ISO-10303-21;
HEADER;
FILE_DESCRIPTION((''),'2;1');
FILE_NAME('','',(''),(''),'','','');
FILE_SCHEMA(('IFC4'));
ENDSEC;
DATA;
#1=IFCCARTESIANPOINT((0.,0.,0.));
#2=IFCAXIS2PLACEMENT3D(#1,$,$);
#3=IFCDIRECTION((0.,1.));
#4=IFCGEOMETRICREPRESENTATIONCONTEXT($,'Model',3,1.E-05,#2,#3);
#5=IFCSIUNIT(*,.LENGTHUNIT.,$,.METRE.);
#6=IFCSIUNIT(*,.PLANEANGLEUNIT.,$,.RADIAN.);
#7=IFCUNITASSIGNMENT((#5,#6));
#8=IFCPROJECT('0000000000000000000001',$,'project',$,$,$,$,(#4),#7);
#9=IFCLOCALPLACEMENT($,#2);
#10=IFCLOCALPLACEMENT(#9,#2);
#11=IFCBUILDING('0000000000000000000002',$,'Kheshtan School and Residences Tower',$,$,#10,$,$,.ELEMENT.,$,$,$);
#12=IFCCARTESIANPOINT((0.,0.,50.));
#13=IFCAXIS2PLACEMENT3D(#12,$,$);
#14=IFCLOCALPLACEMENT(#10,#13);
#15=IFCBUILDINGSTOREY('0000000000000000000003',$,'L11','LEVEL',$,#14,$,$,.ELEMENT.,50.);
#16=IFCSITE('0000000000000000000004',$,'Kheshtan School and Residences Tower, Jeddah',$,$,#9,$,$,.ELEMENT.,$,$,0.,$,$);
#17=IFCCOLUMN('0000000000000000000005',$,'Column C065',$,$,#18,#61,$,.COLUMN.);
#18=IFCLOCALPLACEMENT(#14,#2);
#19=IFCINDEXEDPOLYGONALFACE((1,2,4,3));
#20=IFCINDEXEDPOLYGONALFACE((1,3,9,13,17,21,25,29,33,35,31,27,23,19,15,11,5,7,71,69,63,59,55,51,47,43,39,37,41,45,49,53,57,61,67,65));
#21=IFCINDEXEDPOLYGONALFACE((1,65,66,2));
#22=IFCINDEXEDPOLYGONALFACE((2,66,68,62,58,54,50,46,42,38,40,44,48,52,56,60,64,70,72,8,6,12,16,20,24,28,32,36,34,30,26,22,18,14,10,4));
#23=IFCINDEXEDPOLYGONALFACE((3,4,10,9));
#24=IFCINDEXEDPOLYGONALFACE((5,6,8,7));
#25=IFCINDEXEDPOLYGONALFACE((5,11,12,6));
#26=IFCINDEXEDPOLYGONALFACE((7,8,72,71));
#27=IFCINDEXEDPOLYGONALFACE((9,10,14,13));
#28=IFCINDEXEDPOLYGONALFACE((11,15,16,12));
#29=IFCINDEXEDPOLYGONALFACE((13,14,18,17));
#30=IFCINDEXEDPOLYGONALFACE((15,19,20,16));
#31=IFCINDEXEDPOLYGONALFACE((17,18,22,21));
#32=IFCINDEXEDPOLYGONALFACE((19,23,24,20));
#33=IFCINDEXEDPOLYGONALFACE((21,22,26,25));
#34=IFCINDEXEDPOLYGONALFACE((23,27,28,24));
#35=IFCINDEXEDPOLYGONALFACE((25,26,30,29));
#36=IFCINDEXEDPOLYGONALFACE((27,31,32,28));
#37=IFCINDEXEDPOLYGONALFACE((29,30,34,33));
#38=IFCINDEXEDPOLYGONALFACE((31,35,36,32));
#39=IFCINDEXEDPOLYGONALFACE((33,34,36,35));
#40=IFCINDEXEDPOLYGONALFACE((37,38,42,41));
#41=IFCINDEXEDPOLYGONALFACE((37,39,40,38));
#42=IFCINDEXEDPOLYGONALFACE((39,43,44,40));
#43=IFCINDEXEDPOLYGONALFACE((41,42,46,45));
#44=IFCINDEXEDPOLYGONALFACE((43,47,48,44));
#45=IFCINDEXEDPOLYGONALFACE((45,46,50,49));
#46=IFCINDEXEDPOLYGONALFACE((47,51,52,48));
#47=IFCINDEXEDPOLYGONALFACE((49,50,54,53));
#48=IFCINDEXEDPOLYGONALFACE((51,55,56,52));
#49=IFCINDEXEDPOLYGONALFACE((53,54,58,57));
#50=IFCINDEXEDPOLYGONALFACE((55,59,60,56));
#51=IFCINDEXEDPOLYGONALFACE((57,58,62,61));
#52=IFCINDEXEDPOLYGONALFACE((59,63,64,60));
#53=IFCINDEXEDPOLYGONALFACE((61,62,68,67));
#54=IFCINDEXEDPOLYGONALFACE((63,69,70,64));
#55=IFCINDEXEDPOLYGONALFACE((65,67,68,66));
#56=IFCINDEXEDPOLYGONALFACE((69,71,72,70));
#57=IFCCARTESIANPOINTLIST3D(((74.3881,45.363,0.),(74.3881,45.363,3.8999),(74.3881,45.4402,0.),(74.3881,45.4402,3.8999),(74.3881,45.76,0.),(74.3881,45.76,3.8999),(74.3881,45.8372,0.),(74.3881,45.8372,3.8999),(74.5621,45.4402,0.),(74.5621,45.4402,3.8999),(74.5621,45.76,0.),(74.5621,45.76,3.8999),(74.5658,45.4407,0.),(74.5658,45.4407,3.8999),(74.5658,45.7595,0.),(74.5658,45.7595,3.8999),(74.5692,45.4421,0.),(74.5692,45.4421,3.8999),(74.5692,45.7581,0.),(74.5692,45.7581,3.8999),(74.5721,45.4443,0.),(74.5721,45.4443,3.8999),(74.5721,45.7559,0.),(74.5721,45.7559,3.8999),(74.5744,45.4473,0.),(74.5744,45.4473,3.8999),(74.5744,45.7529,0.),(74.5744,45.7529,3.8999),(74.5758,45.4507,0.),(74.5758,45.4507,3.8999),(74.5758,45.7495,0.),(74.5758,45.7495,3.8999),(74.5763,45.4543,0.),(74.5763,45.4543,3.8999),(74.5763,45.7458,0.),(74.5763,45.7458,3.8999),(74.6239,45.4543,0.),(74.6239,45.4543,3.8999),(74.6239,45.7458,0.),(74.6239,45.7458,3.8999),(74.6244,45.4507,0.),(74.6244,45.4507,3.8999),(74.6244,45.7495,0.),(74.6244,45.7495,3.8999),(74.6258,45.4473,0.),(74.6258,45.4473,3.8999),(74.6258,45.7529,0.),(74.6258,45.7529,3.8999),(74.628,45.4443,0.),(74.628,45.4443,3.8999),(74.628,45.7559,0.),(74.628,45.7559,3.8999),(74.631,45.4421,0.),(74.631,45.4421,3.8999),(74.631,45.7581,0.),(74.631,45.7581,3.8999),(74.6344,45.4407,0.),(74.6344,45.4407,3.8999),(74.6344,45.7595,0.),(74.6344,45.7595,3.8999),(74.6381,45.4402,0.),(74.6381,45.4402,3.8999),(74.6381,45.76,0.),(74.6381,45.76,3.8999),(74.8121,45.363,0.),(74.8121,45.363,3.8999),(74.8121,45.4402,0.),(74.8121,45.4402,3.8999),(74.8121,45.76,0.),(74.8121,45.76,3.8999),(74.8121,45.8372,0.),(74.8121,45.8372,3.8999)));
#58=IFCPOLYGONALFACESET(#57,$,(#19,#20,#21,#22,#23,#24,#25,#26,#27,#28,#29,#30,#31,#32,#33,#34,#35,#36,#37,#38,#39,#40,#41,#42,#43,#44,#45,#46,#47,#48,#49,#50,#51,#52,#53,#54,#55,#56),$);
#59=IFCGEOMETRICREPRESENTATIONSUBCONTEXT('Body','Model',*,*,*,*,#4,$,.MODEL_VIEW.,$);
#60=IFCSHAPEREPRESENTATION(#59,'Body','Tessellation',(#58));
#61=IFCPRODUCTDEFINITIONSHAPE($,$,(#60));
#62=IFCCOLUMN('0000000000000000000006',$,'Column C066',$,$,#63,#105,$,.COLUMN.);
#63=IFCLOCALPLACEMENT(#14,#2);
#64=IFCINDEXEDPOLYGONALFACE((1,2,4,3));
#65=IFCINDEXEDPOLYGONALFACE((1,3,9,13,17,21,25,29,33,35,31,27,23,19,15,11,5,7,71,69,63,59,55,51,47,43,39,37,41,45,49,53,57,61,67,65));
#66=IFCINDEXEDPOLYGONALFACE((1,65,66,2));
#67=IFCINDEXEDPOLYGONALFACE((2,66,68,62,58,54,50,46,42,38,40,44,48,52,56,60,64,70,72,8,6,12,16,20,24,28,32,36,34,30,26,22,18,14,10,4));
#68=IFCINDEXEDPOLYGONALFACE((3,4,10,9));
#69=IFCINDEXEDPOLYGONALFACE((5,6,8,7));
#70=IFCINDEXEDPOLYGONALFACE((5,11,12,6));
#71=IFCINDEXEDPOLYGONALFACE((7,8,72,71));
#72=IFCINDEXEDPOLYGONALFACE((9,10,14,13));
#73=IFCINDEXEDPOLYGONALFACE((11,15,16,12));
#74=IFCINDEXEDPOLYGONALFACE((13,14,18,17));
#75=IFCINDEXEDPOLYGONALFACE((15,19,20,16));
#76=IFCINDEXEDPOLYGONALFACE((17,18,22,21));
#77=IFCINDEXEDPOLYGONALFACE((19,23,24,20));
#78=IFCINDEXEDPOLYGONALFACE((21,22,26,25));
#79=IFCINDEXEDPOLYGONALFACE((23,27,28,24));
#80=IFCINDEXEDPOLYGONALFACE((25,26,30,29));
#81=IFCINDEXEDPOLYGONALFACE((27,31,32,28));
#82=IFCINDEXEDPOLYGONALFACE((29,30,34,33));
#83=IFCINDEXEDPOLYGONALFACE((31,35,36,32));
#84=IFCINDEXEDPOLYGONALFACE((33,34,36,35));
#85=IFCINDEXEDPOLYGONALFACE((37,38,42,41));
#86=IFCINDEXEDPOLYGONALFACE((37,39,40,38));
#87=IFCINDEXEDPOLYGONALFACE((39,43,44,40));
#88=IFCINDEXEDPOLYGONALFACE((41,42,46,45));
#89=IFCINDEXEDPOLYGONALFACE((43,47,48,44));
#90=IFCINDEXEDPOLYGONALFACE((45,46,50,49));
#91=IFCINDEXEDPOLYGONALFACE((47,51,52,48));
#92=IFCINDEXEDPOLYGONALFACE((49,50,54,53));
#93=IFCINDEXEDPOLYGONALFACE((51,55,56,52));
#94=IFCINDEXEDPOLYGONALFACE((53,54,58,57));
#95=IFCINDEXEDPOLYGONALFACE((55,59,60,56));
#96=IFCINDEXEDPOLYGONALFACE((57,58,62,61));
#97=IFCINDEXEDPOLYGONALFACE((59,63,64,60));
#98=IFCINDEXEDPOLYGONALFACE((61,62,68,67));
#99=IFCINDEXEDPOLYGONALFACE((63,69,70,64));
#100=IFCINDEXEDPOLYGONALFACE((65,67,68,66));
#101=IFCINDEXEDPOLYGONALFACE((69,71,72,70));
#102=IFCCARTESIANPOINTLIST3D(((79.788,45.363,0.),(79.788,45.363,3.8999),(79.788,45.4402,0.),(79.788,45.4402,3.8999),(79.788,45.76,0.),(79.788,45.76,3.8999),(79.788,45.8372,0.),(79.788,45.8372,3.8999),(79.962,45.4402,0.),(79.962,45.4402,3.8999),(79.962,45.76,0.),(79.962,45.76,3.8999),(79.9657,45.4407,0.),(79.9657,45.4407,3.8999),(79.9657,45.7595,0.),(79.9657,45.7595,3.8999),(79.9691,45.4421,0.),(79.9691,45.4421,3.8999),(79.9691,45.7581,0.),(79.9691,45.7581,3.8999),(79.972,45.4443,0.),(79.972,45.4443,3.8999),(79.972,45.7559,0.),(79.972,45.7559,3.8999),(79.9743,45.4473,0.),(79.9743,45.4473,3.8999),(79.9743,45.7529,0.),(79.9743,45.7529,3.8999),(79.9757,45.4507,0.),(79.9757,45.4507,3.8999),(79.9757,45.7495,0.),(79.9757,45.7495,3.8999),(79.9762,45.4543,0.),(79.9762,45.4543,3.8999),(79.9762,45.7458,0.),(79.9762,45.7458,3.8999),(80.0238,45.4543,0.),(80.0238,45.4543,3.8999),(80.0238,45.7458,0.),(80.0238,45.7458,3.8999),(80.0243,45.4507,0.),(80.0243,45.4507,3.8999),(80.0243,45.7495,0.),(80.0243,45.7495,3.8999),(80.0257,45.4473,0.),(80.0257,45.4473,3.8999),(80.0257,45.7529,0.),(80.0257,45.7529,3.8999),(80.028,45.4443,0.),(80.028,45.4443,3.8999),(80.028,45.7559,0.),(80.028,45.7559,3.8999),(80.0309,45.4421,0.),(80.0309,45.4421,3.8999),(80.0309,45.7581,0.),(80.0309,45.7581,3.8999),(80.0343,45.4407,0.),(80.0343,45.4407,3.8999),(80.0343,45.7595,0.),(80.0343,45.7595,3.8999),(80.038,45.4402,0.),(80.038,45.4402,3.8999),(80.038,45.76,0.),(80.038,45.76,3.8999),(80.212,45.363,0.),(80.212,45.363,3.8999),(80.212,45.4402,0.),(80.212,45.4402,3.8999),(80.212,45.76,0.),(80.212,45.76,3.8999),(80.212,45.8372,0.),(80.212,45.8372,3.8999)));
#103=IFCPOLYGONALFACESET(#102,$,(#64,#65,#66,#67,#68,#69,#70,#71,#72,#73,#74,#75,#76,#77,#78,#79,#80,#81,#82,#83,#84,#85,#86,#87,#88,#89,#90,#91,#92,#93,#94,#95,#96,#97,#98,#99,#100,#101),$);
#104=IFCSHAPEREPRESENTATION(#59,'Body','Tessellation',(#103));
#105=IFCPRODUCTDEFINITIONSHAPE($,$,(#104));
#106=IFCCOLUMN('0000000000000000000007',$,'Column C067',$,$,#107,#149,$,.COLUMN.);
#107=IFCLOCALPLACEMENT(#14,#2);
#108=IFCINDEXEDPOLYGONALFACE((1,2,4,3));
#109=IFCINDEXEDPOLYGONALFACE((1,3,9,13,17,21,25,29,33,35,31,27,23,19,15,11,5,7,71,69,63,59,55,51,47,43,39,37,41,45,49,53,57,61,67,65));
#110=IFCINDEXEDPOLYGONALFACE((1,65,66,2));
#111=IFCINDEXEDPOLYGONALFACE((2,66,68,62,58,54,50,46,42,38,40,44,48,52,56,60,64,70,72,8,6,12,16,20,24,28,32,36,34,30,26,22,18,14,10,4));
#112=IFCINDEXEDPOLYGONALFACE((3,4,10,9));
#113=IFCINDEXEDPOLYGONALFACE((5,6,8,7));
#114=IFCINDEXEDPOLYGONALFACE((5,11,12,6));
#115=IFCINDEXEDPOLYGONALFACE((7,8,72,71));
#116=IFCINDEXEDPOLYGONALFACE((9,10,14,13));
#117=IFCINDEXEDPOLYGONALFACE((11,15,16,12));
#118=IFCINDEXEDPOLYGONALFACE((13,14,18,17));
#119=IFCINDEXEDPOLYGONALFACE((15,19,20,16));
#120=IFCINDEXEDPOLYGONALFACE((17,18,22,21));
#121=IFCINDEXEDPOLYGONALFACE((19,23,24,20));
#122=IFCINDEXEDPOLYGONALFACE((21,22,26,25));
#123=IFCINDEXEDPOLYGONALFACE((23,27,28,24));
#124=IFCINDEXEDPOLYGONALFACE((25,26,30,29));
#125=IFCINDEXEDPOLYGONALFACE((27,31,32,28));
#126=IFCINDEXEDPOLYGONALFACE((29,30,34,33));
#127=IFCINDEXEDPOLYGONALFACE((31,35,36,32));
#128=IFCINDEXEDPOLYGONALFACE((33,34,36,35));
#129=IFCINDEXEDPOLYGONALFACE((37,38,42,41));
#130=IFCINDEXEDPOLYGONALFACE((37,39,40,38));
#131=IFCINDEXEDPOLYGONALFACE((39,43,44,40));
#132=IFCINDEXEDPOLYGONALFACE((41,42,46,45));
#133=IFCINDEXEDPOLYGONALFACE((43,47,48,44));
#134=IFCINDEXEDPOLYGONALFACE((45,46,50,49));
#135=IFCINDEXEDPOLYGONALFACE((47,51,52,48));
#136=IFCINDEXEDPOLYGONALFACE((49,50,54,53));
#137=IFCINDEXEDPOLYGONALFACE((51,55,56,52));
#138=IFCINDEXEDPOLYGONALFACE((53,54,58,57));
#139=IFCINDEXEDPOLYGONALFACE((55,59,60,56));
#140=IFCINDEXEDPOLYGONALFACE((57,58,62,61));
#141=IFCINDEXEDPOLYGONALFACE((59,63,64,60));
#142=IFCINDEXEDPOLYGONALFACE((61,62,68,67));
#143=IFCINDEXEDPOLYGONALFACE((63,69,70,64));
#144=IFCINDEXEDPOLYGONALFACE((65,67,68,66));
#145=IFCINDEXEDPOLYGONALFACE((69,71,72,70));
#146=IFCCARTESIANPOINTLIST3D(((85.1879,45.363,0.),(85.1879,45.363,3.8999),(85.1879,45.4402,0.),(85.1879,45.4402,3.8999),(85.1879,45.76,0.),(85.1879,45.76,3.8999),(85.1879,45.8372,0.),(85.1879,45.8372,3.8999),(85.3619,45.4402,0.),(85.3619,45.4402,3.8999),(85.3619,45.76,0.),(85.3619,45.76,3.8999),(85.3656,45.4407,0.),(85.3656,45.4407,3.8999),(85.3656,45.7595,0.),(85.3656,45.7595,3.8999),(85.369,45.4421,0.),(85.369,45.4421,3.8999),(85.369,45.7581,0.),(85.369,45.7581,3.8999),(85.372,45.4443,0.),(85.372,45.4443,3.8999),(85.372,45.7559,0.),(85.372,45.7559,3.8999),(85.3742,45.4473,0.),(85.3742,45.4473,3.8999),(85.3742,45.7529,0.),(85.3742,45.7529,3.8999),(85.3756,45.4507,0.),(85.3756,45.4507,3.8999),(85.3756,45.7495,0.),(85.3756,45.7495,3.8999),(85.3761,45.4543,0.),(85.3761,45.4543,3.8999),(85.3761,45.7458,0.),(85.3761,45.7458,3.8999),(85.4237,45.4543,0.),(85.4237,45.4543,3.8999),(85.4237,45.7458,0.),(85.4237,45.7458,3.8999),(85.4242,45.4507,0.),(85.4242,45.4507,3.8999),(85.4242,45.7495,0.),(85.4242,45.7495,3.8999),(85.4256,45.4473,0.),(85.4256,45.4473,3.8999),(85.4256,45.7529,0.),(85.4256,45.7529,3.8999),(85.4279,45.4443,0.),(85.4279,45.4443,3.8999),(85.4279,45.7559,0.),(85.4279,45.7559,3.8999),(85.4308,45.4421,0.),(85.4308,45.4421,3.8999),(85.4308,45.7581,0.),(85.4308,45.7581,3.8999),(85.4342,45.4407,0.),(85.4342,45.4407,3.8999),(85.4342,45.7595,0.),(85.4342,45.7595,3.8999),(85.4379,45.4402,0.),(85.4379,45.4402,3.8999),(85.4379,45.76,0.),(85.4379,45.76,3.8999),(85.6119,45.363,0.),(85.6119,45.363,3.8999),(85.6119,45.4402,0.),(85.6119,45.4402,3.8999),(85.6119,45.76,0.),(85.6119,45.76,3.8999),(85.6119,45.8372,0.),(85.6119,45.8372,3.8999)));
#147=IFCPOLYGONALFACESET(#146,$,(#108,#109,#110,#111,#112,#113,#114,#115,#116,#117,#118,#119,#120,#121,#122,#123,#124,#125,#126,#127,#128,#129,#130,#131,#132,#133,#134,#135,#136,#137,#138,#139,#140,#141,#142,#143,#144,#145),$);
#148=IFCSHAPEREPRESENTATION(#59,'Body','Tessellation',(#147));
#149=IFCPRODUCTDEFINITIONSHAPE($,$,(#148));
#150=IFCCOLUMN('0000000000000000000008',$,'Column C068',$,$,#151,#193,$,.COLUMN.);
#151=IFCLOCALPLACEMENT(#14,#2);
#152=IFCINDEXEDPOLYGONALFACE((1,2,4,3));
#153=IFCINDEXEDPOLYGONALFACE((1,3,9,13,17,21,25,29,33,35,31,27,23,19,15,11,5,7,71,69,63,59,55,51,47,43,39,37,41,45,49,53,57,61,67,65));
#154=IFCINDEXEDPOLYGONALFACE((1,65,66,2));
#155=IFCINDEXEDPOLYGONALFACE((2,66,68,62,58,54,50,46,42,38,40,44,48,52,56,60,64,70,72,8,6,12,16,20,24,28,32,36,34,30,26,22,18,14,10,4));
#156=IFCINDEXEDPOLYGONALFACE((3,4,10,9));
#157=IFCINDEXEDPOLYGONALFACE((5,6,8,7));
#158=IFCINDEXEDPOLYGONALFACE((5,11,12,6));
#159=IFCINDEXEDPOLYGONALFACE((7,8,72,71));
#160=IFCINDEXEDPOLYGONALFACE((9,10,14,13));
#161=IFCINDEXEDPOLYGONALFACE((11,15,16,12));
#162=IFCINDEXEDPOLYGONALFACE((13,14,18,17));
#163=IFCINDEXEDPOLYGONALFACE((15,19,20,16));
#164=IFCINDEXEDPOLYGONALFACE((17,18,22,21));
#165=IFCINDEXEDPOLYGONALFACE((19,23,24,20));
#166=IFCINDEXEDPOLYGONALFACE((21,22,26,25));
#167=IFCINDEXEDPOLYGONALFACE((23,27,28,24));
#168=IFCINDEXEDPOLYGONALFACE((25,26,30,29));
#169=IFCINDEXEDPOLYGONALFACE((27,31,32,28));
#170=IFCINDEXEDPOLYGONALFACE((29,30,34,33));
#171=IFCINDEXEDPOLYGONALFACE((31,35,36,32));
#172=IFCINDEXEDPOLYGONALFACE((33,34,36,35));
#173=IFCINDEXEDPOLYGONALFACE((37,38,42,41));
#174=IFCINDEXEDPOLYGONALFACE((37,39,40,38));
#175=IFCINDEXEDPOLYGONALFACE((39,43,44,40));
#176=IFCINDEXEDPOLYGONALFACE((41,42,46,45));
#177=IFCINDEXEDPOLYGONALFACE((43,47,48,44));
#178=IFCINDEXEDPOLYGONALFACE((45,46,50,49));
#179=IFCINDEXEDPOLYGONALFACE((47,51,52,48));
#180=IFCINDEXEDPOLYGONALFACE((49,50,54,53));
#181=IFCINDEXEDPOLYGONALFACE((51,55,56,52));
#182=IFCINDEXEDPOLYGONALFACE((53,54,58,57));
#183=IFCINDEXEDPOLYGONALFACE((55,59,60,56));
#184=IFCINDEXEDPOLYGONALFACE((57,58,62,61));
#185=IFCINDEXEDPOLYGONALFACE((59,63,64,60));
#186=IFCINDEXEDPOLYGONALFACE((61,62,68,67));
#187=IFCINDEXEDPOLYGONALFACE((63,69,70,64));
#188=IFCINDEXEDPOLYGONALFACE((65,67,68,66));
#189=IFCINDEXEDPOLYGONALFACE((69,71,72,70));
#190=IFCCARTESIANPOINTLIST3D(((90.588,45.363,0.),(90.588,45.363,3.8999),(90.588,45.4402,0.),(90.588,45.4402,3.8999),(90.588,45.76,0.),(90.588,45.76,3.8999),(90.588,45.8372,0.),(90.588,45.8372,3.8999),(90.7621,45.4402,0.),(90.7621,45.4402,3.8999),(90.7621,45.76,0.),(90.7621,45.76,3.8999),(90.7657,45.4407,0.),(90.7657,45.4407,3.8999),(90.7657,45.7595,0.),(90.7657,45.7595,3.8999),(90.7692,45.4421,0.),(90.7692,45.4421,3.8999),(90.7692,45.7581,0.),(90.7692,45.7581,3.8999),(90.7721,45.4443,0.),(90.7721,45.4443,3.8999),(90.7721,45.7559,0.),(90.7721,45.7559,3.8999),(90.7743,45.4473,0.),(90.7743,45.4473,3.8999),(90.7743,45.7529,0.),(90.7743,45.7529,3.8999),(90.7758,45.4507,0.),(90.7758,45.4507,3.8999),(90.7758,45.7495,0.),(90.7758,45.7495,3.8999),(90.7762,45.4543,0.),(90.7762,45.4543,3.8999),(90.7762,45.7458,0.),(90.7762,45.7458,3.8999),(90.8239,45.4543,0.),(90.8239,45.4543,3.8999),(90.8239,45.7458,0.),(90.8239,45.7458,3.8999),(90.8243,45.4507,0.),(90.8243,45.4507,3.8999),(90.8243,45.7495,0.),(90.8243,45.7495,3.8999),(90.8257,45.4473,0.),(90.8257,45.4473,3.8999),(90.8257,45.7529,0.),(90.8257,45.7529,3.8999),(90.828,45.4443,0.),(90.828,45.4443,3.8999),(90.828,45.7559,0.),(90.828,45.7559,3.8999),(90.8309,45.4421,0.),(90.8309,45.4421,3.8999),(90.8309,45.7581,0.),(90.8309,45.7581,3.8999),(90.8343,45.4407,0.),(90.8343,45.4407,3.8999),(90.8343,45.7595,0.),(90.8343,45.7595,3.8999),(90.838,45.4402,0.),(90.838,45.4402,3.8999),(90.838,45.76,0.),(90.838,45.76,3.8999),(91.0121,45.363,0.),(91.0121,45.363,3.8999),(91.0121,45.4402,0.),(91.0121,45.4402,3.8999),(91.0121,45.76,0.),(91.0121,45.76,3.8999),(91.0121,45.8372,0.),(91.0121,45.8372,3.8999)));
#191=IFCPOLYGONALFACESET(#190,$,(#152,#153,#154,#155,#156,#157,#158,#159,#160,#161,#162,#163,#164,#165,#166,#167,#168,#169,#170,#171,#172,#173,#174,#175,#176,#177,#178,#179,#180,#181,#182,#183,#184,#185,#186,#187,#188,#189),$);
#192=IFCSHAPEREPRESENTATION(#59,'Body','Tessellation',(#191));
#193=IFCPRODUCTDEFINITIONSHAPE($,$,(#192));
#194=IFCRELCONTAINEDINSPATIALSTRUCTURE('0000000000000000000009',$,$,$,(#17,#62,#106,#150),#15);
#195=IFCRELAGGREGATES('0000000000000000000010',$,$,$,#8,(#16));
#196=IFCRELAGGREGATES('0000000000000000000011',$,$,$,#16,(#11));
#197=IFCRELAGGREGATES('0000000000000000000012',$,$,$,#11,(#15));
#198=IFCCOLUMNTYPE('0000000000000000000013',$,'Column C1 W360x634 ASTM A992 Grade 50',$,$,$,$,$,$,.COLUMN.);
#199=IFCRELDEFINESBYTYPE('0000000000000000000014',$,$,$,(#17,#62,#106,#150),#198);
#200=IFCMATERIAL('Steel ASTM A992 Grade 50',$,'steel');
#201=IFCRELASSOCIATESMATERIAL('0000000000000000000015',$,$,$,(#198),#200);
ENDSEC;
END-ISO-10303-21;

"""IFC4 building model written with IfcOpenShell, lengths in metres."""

from ifc_helpers import new_model, si_unit, direction, frame, origin, origin_2d, place, context, subcontext, project, spatial, i_section, extrude, material, material_profile, profile_set, type_object, element, save


model = new_model("IFC4")

# Units and contexts
model_context = context("Model", 3, precision=1e-05, world=origin(), true_north=direction((0.0, 1.0)))
body_context = subcontext(model_context, "Body", "Model", "MODEL_VIEW")
ifc_project = project(units=[si_unit("LENGTHUNIT", "METRE"), si_unit("PLANEANGLEUNIT", "RADIAN")], contexts=[model_context])

# Site, building, storey
site_placement = place(None, origin())
site = spatial("IfcSite", under=ifc_project, at=site_placement, Name="Kheshtan School and Residences Tower, Jeddah", CompositionType="ELEMENT", RefElevation=0.0)
building_placement = place(site_placement, origin())
building = spatial("IfcBuilding", under=site, at=building_placement, Name="Kheshtan School and Residences Tower", CompositionType="ELEMENT")
storey_placement = place(building_placement, frame((0.0, 0.0, 50.0)))
storey = spatial("IfcBuildingStorey", under=building, at=storey_placement, Name="L11", Description="LEVEL", CompositionType="ELEMENT", Elevation=50.0)

# Columns
ifc_material_1 = material(Name="Steel ASTM A992 Grade 50", Category="steel")
ifc_material_profile_1 = material_profile(ifc_material_1, i_section(OverallWidth=0.4241, OverallDepth=0.4741, WebThickness=0.0476, FlangeThickness=0.0771, FilletRadius=0.0142, at=origin_2d()), Name="W360x634")
ifc_profile_set_1 = profile_set([ifc_material_profile_1], Name="Steel ASTM A992 Grade 50")
column_type = type_object("IfcColumnType", Name="Column C1 W360x634 ASTM A992 Grade 50", PredefinedType="COLUMN", material=ifc_profile_set_1)
for number, where, z_axis, x_axis, name in (
    (1, (74.6001, 45.6001, 0.0), (0.0, 0.0, 1.0), (1.0, 0.0, 0.0), "Column C065"),
    (2, (80.0, 45.6001, 0.0), (0.0, 0.0, 1.0), (1.0, 0.0, 0.0), "Column C066"),
    (3, (85.3999, 45.6001, 0.0), (0.0, 0.0, 1.0), (1.0, 0.0, 0.0), "Column C067"),
    (4, (90.8, 45.6001, 0.0), (0.0, 0.0, 1.0), (1.0, 0.0, 0.0), "Column C068"),
):
    element("IfcColumn", number, at=place(storey_placement, frame(where, z_axis=z_axis, x_axis=x_axis)), inside=storey, type_object=column_type, Name=name, PredefinedType="COLUMN", context=body_context, shape_type="SweptSolid", body=[
        extrude(i_section(OverallWidth=0.4241, OverallDepth=0.4741, WebThickness=0.0476, FlangeThickness=0.0771, FilletRadius=0.0142, at=origin_2d()), origin(), (0.0, 0.0, 1.0), 3.8999),
    ])

save(model, "model.ifc")
